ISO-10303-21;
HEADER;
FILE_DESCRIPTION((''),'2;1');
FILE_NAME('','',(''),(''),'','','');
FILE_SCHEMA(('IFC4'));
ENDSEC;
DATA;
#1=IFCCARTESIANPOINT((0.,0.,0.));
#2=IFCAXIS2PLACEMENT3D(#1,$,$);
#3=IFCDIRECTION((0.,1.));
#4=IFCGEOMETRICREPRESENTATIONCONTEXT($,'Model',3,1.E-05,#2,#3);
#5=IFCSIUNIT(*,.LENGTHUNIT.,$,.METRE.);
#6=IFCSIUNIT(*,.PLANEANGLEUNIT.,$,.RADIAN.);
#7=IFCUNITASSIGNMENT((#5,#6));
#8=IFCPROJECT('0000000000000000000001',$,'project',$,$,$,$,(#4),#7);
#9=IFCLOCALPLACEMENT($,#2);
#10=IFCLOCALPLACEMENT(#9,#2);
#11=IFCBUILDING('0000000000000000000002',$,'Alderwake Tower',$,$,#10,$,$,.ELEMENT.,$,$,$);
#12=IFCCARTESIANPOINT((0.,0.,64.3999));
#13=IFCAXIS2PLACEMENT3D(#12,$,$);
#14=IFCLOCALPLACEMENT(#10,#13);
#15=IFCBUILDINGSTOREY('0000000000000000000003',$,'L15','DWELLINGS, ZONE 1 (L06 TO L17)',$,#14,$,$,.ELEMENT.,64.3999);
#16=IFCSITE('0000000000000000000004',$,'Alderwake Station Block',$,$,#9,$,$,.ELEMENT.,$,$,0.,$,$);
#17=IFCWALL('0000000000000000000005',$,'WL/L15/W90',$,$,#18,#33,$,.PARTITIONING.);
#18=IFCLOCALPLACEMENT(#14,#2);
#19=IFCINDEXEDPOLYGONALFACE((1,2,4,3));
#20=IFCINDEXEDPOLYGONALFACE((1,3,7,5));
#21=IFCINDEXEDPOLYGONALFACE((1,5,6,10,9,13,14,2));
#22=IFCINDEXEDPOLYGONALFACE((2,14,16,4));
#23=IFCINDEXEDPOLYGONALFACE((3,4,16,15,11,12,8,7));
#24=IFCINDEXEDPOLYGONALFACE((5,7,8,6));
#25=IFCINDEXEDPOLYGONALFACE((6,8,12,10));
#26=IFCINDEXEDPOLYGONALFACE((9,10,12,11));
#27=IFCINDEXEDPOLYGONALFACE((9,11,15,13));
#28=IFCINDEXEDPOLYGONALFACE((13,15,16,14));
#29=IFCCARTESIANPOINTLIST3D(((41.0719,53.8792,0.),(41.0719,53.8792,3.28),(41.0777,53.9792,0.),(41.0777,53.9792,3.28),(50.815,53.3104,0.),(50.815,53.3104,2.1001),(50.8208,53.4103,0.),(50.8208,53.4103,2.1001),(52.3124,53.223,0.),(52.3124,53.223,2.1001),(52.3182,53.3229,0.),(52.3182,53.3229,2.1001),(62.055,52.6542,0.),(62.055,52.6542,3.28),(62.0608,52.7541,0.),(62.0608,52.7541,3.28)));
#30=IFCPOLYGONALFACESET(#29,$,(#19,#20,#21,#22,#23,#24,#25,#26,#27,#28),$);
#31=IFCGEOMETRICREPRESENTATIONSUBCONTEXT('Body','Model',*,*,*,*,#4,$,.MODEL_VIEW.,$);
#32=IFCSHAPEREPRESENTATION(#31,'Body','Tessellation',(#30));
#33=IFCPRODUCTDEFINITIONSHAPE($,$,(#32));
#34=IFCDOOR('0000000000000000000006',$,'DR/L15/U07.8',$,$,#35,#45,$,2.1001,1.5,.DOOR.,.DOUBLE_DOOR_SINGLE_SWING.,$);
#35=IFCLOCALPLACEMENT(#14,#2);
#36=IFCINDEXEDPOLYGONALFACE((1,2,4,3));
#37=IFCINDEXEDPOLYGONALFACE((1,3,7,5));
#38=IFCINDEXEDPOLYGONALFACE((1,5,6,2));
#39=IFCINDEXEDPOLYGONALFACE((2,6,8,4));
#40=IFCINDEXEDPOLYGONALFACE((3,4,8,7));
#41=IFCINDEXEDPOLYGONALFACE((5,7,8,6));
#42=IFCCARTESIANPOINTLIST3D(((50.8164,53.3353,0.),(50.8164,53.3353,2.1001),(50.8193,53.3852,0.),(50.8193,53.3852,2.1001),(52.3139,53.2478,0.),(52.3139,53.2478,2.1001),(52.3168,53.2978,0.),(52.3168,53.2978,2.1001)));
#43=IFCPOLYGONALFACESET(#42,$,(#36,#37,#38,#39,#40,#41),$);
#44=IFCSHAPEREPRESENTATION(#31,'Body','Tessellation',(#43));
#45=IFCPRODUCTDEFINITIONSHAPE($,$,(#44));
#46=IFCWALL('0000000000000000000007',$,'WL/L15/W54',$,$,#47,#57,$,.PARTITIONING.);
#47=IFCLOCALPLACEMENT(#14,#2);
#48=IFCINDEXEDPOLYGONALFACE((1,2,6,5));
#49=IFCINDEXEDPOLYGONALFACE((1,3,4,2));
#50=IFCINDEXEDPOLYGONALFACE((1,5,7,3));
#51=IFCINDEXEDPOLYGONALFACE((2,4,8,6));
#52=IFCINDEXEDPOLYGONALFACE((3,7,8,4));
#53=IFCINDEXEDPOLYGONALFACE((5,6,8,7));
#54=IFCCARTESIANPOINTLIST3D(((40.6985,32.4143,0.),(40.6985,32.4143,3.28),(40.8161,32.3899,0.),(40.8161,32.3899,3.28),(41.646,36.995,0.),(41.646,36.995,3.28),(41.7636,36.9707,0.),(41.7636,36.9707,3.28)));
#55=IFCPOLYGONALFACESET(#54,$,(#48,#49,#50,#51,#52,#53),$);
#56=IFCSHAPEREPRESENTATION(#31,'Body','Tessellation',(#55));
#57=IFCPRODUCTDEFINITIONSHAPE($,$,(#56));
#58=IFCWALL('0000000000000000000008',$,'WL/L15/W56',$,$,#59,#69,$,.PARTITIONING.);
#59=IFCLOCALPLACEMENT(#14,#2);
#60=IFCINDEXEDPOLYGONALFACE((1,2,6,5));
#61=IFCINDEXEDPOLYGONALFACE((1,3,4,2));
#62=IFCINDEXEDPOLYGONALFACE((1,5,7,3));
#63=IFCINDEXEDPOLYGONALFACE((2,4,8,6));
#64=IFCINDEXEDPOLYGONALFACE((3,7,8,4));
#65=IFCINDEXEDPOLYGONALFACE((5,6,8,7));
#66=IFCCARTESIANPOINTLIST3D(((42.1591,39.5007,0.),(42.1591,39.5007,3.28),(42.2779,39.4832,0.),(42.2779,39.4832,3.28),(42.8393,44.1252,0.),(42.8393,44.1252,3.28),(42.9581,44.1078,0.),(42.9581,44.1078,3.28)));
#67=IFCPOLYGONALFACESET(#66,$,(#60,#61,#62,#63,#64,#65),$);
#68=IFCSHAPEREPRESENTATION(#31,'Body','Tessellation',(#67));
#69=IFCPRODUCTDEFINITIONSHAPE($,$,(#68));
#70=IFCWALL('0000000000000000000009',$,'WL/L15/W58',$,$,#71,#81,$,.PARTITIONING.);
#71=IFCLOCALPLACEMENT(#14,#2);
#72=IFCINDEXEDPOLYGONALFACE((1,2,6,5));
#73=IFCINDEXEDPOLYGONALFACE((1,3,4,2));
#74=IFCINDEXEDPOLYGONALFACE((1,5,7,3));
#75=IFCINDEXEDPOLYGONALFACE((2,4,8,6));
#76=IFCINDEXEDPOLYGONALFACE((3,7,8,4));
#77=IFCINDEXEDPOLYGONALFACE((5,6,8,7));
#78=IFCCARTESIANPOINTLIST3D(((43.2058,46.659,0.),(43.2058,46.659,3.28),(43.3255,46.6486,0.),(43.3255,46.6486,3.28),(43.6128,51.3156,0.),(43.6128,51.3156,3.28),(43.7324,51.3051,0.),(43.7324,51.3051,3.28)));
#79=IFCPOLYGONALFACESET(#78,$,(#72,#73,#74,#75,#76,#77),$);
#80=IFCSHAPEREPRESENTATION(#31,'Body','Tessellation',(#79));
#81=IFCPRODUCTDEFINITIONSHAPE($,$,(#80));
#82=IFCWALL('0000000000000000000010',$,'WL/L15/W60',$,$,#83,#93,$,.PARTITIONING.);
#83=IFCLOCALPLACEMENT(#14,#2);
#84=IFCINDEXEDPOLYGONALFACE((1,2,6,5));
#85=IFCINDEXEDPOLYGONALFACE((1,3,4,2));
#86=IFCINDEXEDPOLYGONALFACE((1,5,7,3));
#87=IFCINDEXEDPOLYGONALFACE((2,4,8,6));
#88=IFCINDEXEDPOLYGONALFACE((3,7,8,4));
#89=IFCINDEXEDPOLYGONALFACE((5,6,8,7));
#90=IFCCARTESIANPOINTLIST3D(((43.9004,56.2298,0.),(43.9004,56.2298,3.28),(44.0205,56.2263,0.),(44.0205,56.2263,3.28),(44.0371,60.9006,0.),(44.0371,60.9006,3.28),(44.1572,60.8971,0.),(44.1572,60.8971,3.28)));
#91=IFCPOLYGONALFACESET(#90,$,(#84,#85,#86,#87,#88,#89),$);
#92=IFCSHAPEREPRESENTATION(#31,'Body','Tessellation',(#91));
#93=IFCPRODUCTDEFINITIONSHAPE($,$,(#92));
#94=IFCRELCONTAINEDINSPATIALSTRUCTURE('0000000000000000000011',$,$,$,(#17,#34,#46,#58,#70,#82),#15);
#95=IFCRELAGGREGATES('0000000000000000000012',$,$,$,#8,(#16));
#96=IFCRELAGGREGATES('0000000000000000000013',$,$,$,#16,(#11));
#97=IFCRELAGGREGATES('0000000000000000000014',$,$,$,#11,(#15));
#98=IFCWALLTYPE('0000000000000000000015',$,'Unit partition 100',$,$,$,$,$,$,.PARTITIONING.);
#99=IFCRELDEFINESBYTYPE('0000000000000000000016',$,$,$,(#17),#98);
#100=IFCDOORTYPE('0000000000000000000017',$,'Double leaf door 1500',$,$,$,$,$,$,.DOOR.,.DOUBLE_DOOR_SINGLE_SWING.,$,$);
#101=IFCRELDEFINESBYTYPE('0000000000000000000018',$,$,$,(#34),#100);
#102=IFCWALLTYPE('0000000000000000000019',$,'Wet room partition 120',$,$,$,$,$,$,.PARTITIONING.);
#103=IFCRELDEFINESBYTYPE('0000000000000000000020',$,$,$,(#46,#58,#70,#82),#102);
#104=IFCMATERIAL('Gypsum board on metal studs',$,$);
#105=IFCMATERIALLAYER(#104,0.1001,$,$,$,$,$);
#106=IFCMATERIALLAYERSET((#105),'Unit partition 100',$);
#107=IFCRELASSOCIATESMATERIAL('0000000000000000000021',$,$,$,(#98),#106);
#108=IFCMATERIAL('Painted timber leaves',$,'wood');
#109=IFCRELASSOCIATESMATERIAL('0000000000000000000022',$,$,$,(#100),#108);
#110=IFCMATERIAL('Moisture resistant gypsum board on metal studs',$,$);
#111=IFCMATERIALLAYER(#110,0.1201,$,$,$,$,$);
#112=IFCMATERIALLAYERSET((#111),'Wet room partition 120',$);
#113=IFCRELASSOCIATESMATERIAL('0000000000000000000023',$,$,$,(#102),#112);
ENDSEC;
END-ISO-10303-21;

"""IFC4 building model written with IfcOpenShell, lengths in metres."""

from ifc_helpers import new_model, si_unit, direction, frame, frame_2d, origin, place, context, subcontext, project, spatial, rectangle, extrude, material, layer, layer_set, type_object, element, fill, save


model = new_model("IFC4")

# Units and contexts
model_context = context("Model", 3, precision=1e-05, world=origin(), true_north=direction((0.0, 1.0)))
body_context = subcontext(model_context, "Body", "Model", "MODEL_VIEW")
ifc_project = project(units=[si_unit("LENGTHUNIT", "METRE"), si_unit("PLANEANGLEUNIT", "RADIAN")], contexts=[model_context])

# Site, building, storey
site_placement = place(None, origin())
site = spatial("IfcSite", under=ifc_project, at=site_placement, Name="Alderwake Station Block", CompositionType="ELEMENT", RefElevation=0.0)
building_placement = place(site_placement, origin())
building = spatial("IfcBuilding", under=site, at=building_placement, Name="Alderwake Tower", CompositionType="ELEMENT")
storey_placement = place(building_placement, frame((0.0, 0.0, 64.3999)))
storey = spatial("IfcBuildingStorey", under=building, at=storey_placement, Name="L15", Description="DWELLINGS, ZONE 1 (L06 TO L17)", CompositionType="ELEMENT", Elevation=64.3999)

# Shared definitions
ifc_material_1 = material(Name="Gypsum board on metal studs")
ifc_layer_1 = layer(ifc_material_1, 0.1001)
ifc_layer_set_1 = layer_set([ifc_layer_1], Name="Unit partition 100")
wall_type_1 = type_object("IfcWallType", Name="Unit partition 100", PredefinedType="PARTITIONING", material=ifc_layer_set_1)

# Wall, opening, door
wall_1_placement = place(storey_placement, frame((41.075, 53.9292, 0.0), z_axis=(0.0, 0.0, 1.0), x_axis=(0.9983, -0.058286, 0.0)))
wall_1 = element("IfcWall", 1, at=wall_1_placement, inside=storey, type_object=wall_type_1, Name="WL/L15/W90", PredefinedType="PARTITIONING", context=body_context, shape_type="SweptSolid", body=[
    extrude(rectangle(XDim=21.0188, YDim=0.1001, at=frame_2d((10.5093, 0.0))), origin(), (0.0, 0.0, 1.0), 3.28),
])
opening_1_placement = place(wall_1_placement, frame((9.7595, 0.0, 0.0)))
opening_1 = element("IfcOpeningElement", 2, at=opening_1_placement, cuts=wall_1, PredefinedType="OPENING", context=body_context, shape_type="SweptSolid", body=[
    extrude(rectangle(XDim=1.5, YDim=2.1001, at=frame_2d((0.75, 1.05))), frame((0.0, 0.0601, 0.0), z_axis=(0.0, -1.0, 0.0), x_axis=(1.0, 0.0, 0.0)), (0.0, 0.0, 1.0), 0.1201),
])
ifc_material_2 = material(Name="Painted timber leaves", Category="wood")
door_type_1 = type_object("IfcDoorType", Name="Double leaf door 1500", OperationType="DOUBLE_DOOR_SINGLE_SWING", PredefinedType="DOOR", material=ifc_material_2)
door_1_placement = place(opening_1_placement, origin())
door_1 = element("IfcDoor", 3, at=door_1_placement, inside=storey, type_object=door_type_1, Name="DR/L15/U07.8", OperationType="DOUBLE_DOOR_SINGLE_SWING", OverallHeight=2.1001, OverallWidth=1.5, PredefinedType="DOOR", context=body_context, shape_type="SweptSolid", body=[
    extrude(rectangle(XDim=1.5, YDim=2.1001, at=frame_2d((0.75, 1.05))), frame((0.0, 0.0249, 0.0), z_axis=(0.0, -1.0, 0.0), x_axis=(1.0, 0.0, 0.0)), (0.0, 0.0, 1.0), 0.05),
])
fill(opening_1, door_1)

# Walls
ifc_material_3 = material(Name="Moisture resistant gypsum board on metal studs")
ifc_layer_2 = layer(ifc_material_3, 0.1201)
ifc_layer_set_2 = layer_set([ifc_layer_2], Name="Wet room partition 120")
wall_type_2 = type_object("IfcWallType", Name="Wet room partition 120", PredefinedType="PARTITIONING", material=ifc_layer_set_2)
wall_2_placement = place(storey_placement, frame((40.7573, 32.4021, 0.0), z_axis=(0.0, 0.0, 1.0), x_axis=(0.202556, 0.979271, 0.0)))
element("IfcWall", 4, at=wall_2_placement, inside=storey, type_object=wall_type_2, Name="WL/L15/W54", PredefinedType="PARTITIONING", context=body_context, shape_type="SweptSolid", body=[
    extrude(rectangle(XDim=4.6777, YDim=0.1201, at=frame_2d((2.3389, 0.0))), origin(), (0.0, 0.0, 1.0), 3.28),
])
for number, where, z_axis, x_axis, name in (
    (5, (42.2185, 39.4919, 0.0), (0.0, 0.0, 1.0), (0.145515, 0.989356, 0.0), "WL/L15/W56"),
    (6, (43.2656, 46.6538, 0.0), (0.0, 0.0, 1.0), (0.087069, 0.996202, 0.0), "WL/L15/W58"),
):
    element("IfcWall", number, at=place(storey_placement, frame(where, z_axis=z_axis, x_axis=x_axis)), inside=storey, type_object=wall_type_2, Name=name, PredefinedType="PARTITIONING", context=body_context, shape_type="SweptSolid", body=[
        extrude(rectangle(XDim=4.6743, YDim=0.1201, at=frame_2d((2.3372, 0.0))), origin(), (0.0, 0.0, 1.0), 3.28),
    ])
wall_3_placement = place(storey_placement, frame((43.9604, 56.228, 0.0), z_axis=(0.0, 0.0, 1.0), x_axis=(0.029258, 0.999572, 0.0)))
element("IfcWall", 7, at=wall_3_placement, inside=storey, type_object=wall_type_2, Name="WL/L15/W60", PredefinedType="PARTITIONING", context=body_context, shape_type="SweptSolid", body=[
    extrude(rectangle(XDim=4.6729, YDim=0.1201, at=frame_2d((2.3364, 0.0))), origin(), (0.0, 0.0, 1.0), 3.28),
])

save(model, "model.ifc")
